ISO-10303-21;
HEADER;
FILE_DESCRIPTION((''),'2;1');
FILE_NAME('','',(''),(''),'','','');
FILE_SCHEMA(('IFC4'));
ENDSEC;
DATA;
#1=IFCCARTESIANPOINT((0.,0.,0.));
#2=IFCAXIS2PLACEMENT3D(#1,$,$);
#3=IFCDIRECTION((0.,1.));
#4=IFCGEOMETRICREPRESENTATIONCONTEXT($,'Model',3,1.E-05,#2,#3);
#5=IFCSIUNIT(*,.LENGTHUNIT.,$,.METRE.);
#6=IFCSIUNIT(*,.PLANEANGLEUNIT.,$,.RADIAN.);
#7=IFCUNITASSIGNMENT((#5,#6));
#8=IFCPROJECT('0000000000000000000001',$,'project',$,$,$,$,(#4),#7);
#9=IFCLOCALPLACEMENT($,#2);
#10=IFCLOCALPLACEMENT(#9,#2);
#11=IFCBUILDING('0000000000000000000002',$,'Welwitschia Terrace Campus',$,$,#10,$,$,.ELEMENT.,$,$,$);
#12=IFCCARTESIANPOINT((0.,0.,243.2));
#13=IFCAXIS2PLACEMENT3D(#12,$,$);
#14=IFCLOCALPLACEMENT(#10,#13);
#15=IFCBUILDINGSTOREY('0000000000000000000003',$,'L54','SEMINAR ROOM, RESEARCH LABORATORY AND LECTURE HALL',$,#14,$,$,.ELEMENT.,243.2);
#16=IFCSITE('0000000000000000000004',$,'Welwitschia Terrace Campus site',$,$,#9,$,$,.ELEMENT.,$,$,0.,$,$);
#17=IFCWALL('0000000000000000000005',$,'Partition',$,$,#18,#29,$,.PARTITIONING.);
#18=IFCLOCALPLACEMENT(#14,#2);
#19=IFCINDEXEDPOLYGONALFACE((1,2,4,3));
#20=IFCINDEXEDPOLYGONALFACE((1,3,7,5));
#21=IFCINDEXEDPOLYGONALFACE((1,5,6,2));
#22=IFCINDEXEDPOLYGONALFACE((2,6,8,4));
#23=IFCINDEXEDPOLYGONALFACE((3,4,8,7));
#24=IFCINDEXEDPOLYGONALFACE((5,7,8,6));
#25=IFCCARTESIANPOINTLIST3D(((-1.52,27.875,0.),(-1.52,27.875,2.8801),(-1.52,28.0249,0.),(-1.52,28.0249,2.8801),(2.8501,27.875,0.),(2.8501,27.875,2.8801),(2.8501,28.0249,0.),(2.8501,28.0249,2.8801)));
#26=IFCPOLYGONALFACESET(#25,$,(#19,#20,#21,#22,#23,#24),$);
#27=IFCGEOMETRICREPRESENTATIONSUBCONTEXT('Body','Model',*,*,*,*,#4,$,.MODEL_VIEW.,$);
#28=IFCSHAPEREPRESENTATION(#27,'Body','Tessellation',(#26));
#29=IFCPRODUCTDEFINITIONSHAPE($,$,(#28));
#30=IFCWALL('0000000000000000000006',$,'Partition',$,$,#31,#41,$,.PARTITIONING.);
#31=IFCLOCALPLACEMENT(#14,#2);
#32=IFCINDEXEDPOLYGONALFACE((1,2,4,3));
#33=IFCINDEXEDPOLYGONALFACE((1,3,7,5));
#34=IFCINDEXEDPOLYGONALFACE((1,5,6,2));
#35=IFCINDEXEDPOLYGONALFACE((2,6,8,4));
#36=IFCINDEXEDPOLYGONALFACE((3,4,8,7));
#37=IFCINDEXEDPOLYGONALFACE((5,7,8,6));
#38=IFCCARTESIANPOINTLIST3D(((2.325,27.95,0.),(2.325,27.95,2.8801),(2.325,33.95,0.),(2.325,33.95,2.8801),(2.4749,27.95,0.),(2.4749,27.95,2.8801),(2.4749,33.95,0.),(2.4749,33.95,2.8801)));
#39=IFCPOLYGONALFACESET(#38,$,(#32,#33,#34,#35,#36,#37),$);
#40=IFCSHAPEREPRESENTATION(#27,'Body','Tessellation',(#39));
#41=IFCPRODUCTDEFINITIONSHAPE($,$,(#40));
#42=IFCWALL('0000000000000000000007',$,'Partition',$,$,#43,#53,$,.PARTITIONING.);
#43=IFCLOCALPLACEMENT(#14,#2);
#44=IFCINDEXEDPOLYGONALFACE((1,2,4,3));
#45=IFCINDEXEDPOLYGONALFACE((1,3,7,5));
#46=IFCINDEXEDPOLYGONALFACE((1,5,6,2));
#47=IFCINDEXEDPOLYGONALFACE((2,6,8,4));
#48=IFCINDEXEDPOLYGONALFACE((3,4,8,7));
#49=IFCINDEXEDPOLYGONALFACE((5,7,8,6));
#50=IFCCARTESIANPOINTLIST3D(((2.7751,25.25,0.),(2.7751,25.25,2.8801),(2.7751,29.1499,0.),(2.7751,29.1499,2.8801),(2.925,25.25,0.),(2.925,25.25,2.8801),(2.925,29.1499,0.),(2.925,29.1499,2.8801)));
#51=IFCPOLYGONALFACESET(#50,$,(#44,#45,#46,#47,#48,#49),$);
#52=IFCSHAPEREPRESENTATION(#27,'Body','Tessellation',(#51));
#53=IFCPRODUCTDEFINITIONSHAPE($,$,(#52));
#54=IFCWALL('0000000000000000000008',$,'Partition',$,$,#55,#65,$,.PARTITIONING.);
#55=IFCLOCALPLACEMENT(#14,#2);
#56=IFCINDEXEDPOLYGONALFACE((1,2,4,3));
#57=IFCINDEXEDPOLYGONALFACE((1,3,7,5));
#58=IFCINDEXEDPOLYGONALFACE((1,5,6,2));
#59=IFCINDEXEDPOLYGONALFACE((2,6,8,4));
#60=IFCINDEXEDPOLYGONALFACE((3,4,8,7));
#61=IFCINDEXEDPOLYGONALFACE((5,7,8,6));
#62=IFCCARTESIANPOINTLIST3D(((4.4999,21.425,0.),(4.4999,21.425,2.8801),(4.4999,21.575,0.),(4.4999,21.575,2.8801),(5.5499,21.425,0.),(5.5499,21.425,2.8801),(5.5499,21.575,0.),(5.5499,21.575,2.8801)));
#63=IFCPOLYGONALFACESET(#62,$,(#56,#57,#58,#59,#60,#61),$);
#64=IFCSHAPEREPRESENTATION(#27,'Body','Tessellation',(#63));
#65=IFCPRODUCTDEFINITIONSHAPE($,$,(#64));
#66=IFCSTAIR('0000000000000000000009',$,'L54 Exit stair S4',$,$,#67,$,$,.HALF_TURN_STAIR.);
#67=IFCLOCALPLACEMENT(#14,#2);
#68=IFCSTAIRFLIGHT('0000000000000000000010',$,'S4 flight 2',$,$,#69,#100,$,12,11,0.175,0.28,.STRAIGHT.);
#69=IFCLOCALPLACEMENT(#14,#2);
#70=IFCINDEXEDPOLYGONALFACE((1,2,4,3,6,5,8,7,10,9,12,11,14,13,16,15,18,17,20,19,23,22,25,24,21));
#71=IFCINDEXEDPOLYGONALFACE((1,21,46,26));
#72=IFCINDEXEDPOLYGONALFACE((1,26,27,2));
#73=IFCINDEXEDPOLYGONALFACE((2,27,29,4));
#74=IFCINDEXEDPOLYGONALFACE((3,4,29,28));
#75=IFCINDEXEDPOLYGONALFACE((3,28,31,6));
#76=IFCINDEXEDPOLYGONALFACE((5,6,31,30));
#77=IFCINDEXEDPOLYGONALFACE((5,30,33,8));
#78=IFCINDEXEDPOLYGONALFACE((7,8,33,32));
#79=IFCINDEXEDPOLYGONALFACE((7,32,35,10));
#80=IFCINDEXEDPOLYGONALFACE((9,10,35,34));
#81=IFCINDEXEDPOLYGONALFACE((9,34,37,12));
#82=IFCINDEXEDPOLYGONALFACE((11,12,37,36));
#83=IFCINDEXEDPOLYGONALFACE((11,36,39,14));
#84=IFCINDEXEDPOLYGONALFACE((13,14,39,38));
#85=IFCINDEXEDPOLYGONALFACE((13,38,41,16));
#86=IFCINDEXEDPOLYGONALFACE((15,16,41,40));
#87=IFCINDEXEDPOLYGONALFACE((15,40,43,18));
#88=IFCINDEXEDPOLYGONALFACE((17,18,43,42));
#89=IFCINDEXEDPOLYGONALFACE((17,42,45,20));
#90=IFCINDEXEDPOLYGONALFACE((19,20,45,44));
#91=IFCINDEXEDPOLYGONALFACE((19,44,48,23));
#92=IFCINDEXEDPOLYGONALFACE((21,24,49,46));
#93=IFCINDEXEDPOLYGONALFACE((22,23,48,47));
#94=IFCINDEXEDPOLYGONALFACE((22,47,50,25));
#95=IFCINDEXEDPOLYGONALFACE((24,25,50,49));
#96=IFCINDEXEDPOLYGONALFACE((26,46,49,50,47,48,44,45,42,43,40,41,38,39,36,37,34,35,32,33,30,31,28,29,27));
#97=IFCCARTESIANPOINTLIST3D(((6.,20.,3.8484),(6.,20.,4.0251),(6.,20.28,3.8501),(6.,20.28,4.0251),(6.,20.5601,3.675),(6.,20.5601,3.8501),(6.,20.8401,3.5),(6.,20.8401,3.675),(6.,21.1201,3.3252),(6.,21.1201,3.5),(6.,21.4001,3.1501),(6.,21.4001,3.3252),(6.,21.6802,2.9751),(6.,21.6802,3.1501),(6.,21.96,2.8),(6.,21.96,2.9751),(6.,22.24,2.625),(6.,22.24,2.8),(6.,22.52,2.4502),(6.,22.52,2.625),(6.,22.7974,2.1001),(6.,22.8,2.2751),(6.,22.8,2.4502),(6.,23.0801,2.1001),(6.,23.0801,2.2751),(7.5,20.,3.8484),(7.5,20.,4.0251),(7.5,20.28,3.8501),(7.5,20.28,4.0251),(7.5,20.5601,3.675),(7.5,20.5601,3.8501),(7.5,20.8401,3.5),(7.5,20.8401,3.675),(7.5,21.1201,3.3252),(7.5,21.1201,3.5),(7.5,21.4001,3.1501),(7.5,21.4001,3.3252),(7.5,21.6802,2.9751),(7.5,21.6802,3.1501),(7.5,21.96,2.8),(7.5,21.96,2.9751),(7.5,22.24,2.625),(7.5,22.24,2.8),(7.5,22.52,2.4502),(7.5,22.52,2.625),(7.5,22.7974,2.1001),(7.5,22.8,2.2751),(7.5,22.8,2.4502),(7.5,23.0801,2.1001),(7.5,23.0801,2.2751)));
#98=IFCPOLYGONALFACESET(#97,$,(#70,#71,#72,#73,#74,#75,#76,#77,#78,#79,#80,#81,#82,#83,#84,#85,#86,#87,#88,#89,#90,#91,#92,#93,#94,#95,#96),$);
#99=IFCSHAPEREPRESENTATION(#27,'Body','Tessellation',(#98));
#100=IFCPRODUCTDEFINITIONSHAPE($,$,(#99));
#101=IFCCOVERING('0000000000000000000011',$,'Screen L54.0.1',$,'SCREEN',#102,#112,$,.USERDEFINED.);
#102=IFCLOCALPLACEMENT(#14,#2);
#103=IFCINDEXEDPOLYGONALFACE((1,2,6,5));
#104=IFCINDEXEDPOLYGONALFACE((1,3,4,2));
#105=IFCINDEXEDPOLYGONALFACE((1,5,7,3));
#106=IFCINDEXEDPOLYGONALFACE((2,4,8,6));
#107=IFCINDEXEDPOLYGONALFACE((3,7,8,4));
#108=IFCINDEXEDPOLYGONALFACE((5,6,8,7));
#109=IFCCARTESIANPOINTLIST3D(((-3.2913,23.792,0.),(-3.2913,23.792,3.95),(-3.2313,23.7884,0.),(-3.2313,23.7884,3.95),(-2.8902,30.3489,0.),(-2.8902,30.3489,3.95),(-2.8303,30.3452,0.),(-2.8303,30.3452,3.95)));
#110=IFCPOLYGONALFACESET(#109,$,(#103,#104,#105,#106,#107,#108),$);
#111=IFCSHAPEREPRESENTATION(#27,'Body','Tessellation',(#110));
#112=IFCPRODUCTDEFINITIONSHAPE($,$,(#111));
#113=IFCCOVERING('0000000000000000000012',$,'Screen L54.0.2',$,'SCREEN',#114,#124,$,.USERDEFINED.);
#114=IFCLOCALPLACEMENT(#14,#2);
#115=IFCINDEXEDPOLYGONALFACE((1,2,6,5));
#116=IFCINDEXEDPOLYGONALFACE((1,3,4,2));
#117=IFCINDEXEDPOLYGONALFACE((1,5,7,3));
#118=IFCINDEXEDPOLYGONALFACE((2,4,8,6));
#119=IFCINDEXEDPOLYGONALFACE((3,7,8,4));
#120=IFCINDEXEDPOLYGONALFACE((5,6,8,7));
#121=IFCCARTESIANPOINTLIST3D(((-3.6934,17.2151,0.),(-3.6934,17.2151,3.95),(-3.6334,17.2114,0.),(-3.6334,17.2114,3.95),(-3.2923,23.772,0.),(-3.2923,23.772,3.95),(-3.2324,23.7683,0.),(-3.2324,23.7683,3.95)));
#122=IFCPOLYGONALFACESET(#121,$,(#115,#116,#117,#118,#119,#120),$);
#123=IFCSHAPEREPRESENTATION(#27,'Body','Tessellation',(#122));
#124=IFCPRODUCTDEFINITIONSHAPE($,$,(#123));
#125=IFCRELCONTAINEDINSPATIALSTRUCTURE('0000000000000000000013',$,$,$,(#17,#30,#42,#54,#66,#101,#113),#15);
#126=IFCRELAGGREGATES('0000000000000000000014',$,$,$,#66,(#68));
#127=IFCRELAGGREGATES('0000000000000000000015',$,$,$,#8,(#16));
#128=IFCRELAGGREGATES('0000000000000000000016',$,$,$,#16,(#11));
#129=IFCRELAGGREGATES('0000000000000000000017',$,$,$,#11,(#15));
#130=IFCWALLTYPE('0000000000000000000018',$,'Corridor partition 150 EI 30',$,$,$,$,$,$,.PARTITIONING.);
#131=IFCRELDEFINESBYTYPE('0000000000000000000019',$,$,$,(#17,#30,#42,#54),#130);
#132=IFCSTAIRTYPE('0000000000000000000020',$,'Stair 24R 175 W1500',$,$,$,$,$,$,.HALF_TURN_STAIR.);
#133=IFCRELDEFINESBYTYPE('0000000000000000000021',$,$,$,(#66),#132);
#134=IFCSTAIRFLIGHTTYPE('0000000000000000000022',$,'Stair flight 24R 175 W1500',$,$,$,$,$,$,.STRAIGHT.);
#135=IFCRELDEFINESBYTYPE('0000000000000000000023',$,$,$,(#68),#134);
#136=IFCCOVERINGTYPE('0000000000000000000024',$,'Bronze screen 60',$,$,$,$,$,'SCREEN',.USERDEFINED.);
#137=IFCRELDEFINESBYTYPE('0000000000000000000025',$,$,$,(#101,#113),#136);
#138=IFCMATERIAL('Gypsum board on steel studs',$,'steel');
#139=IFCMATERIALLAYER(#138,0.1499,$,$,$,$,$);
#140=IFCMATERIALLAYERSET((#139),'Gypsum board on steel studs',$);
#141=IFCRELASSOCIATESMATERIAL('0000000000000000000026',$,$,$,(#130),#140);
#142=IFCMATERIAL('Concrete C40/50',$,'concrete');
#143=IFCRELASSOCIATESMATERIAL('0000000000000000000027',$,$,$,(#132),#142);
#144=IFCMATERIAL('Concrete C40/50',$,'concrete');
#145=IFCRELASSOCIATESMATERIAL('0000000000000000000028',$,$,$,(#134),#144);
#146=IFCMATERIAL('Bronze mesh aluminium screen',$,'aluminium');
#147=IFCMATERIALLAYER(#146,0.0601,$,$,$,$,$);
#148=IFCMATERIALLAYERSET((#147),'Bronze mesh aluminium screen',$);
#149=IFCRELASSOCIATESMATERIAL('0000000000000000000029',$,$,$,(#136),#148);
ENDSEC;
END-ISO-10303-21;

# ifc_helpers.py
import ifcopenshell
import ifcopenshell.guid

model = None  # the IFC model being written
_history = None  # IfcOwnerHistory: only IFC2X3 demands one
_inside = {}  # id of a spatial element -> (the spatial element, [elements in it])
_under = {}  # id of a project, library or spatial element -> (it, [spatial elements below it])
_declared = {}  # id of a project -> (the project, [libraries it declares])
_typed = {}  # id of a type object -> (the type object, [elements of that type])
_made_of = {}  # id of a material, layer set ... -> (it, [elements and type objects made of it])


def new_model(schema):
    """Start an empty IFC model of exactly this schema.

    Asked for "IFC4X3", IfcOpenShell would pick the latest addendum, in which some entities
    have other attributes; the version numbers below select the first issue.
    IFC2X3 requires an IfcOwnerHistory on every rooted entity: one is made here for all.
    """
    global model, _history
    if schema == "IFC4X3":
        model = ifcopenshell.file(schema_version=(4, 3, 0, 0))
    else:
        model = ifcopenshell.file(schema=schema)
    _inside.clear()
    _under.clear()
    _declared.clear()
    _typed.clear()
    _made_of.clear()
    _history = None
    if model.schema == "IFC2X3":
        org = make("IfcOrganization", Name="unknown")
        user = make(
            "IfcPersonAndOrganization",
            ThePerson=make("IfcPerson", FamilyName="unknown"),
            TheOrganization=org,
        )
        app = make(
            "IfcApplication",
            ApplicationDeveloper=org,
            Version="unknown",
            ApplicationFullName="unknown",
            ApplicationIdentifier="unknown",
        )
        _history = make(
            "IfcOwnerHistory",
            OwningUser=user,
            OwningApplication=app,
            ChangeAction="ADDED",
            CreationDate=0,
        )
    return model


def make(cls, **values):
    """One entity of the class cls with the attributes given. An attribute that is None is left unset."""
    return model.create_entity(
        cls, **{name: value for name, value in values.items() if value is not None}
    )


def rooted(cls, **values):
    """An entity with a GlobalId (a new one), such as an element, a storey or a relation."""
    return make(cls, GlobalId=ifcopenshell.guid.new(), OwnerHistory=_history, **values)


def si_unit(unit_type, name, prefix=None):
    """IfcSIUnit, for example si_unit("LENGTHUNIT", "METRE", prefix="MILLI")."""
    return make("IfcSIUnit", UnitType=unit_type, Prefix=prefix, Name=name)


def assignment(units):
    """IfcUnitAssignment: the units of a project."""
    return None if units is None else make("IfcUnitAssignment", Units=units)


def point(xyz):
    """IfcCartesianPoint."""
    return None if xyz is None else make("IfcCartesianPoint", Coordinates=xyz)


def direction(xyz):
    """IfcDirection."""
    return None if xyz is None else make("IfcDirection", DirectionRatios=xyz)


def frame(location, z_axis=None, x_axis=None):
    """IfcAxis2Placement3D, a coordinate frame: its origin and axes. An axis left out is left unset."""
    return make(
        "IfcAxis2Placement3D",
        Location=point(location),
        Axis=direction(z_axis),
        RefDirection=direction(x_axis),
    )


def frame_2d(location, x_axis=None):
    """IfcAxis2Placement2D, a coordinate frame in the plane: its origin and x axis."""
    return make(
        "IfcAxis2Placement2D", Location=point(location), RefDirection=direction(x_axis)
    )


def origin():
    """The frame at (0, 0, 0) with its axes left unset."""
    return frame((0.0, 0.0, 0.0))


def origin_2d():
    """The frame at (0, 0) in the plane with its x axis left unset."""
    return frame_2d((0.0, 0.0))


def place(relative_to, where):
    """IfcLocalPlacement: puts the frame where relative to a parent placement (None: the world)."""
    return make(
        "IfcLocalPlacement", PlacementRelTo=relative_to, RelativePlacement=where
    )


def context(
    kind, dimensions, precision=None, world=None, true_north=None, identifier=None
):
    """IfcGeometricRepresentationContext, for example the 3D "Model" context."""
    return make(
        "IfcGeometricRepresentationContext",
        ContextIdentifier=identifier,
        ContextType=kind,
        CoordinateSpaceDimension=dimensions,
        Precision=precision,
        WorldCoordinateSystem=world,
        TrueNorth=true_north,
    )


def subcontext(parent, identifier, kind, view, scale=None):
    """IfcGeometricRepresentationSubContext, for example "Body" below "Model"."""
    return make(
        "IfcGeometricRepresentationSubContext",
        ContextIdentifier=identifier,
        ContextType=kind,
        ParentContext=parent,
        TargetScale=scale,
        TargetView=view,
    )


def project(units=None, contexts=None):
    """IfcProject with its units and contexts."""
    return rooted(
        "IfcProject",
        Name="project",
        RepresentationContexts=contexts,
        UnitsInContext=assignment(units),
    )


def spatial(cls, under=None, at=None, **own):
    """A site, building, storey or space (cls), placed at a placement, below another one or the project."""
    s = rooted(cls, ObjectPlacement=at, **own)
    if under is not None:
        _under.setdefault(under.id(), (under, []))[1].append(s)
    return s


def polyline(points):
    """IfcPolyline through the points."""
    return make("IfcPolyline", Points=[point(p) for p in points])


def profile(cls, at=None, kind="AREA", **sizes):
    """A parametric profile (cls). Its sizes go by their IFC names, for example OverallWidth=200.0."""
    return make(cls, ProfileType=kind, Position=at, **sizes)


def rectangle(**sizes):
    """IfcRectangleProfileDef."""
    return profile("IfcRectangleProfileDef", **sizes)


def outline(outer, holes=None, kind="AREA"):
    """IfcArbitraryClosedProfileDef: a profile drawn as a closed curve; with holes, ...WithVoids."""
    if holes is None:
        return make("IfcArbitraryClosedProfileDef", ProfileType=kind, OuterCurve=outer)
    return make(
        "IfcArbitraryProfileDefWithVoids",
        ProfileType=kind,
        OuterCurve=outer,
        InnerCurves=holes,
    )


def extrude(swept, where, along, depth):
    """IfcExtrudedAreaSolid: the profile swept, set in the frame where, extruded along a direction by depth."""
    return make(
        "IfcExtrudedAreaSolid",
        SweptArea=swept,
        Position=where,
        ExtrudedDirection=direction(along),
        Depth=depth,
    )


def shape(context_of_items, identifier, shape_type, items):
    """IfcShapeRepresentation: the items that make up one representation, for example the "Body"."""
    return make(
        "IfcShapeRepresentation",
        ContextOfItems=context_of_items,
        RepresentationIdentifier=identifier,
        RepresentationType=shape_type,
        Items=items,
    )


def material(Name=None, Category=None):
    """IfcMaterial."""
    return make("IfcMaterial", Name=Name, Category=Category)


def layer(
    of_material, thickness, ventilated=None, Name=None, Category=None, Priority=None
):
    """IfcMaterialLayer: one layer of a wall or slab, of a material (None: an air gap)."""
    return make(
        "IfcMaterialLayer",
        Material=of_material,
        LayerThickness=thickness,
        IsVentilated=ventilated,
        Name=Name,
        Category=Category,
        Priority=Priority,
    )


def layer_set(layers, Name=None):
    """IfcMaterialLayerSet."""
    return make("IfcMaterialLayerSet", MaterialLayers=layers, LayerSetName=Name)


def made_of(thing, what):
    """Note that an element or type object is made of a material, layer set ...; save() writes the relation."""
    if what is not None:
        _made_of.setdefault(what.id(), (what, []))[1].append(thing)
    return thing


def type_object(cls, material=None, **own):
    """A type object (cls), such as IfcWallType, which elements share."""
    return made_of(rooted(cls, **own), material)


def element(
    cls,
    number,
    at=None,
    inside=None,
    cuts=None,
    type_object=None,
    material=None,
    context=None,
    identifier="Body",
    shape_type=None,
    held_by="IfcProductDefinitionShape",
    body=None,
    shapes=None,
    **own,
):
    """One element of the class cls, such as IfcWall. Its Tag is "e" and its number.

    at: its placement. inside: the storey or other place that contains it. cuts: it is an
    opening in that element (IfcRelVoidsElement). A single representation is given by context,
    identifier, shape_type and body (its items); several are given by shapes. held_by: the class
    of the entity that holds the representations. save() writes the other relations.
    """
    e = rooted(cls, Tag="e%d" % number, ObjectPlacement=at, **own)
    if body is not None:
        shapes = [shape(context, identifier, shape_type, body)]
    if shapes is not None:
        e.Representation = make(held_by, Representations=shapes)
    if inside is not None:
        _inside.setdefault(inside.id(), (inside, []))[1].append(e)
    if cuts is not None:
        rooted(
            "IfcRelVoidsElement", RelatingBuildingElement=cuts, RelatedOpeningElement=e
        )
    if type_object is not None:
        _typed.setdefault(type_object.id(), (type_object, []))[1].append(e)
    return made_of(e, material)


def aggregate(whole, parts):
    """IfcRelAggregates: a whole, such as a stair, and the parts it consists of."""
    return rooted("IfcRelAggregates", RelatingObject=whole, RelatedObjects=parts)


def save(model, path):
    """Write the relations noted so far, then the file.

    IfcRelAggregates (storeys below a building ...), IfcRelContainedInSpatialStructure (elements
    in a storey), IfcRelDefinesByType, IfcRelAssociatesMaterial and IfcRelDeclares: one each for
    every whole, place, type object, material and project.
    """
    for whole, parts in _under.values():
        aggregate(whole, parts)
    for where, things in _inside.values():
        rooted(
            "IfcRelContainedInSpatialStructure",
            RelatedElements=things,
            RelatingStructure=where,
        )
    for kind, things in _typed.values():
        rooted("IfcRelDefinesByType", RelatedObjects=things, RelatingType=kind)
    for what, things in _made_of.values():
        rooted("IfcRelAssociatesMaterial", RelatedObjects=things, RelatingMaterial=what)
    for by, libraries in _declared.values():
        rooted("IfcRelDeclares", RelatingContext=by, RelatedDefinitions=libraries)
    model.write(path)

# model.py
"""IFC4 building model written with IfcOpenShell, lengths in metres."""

from ifc_helpers import new_model, si_unit, direction, frame, frame_2d, origin, origin_2d, place, context, subcontext, project, spatial, polyline, rectangle, outline, extrude, material, layer, layer_set, type_object, element, aggregate, save


model = new_model("IFC4")

# Units and contexts
model_context = context("Model", 3, precision=1e-05, world=origin(), true_north=direction((0.0, 1.0)))
body_context = subcontext(model_context, "Body", "Model", "MODEL_VIEW")
ifc_project = project(units=[si_unit("LENGTHUNIT", "METRE"), si_unit("PLANEANGLEUNIT", "RADIAN")], contexts=[model_context])

# Site, building, storey
site_placement = place(None, origin())
site = spatial("IfcSite", under=ifc_project, at=site_placement, Name="Welwitschia Terrace Campus site", CompositionType="ELEMENT", RefElevation=0.0)
building_placement = place(site_placement, origin())
building = spatial("IfcBuilding", under=site, at=building_placement, Name="Welwitschia Terrace Campus", CompositionType="ELEMENT")
storey_placement = place(building_placement, frame((0.0, 0.0, 243.2)))
storey = spatial("IfcBuildingStorey", under=building, at=storey_placement, Name="L54", Description="SEMINAR ROOM, RESEARCH LABORATORY AND LECTURE HALL", CompositionType="ELEMENT", Elevation=243.2)

# Walls
ifc_material_1 = material(Name="Gypsum board on steel studs", Category="steel")
ifc_layer_1 = layer(ifc_material_1, 0.1499)
ifc_layer_set_1 = layer_set([ifc_layer_1], Name="Gypsum board on steel studs")
wall_type_1 = type_object("IfcWallType", Name="Corridor partition 150 EI 30", PredefinedType="PARTITIONING", material=ifc_layer_set_1)
wall_1_placement = place(storey_placement, frame((-1.52, 27.95, 0.0), z_axis=(0.0, 0.0, 1.0), x_axis=(1.0, 0.0, 0.0)))
element("IfcWall", 1, at=wall_1_placement, inside=storey, type_object=wall_type_1, Name="Partition", PredefinedType="PARTITIONING", context=body_context, shape_type="SweptSolid", body=[
    extrude(rectangle(XDim=4.3701, YDim=0.1499, at=frame_2d((2.1851, 0.0))), origin(), (0.0, 0.0, 1.0), 2.8801),
])
wall_2_placement = place(storey_placement, frame((2.3999, 27.95, 0.0), z_axis=(0.0, 0.0, 1.0), x_axis=(0.0, 1.0, 0.0)))
element("IfcWall", 2, at=wall_2_placement, inside=storey, type_object=wall_type_1, Name="Partition", PredefinedType="PARTITIONING", context=body_context, shape_type="SweptSolid", body=[
    extrude(rectangle(XDim=6.0, YDim=0.1499, at=frame_2d((3.0, 0.0))), origin(), (0.0, 0.0, 1.0), 2.8801),
])
wall_3_placement = place(storey_placement, frame((2.8501, 25.25, 0.0), z_axis=(0.0, 0.0, 1.0), x_axis=(0.0, 1.0, 0.0)))
element("IfcWall", 3, at=wall_3_placement, inside=storey, type_object=wall_type_1, Name="Partition", PredefinedType="PARTITIONING", context=body_context, shape_type="SweptSolid", body=[
    extrude(rectangle(XDim=3.8999, YDim=0.1499, at=frame_2d((1.95, 0.0))), origin(), (0.0, 0.0, 1.0), 2.8801),
])
wall_4_placement = place(storey_placement, frame((4.5, 21.5, 0.0), z_axis=(0.0, 0.0, 1.0), x_axis=(1.0, 0.0, 0.0)))
element("IfcWall", 4, at=wall_4_placement, inside=storey, type_object=wall_type_1, Name="Partition", PredefinedType="PARTITIONING", context=body_context, shape_type="SweptSolid", body=[
    extrude(rectangle(XDim=1.05, YDim=0.1499, at=frame_2d((0.5249, 0.0))), origin(), (0.0, 0.0, 1.0), 2.8801),
])

# Stair, stair flight
ifc_material_2 = material(Name="Concrete C40/50", Category="concrete")
stair_type = type_object("IfcStairType", Name="Stair 24R 175 W1500", PredefinedType="HALF_TURN_STAIR", material=ifc_material_2)
stair_placement = place(storey_placement, origin())
stair = element("IfcStair", 5, at=stair_placement, inside=storey, type_object=stair_type, Name="L54 Exit stair S4", PredefinedType="HALF_TURN_STAIR")
ifc_material_3 = material(Name="Concrete C40/50", Category="concrete")
stair_flight_type = type_object("IfcStairFlightType", Name="Stair flight 24R 175 W1500", PredefinedType="STRAIGHT", material=ifc_material_3)
stair_flight_placement = place(storey_placement, frame((6.75, 23.0801, 2.1001), z_axis=(0.0, 0.0, 1.0), x_axis=(0.0, -1.0, 0.0)))
stair_flight = element("IfcStairFlight", 6, at=stair_flight_placement, type_object=stair_flight_type, Name="S4 flight 2", NumberOfRisers=12, NumberOfTreads=11, PredefinedType="STRAIGHT", RiserHeight=0.175, TreadLength=0.28, context=body_context, shape_type="SweptSolid", body=[
    extrude(outline(polyline([(0.0, 0.0), (0.0, 0.175), (0.28, 0.175), (0.28, 0.3501), (0.5601, 0.3501), (0.5601, 0.5249), (0.8401, 0.5249), (0.8401, 0.7), (1.1201, 0.7), (1.1201, 0.875), (1.3999, 0.875), (1.3999, 1.05), (1.6799, 1.05), (1.6799, 1.2251), (1.96, 1.2251), (1.96, 1.3999), (2.24, 1.3999), (2.24, 1.575), (2.52, 1.575), (2.52, 1.75), (2.8, 1.75), (2.8, 1.925), (3.0801, 1.925), (3.0801, 2.1001), (3.0801, 1.7483), (0.2827, 0.0), (0.0, 0.0)])), frame((0.0, 0.75, 0.0), z_axis=(0.0, -1.0, 0.0), x_axis=(1.0, 0.0, 0.0)), (0.0, 0.0, 1.0), 1.5),
])
aggregate(stair, [stair_flight])

# Coverings
ifc_material_4 = material(Name="Bronze mesh aluminium screen", Category="aluminium")
ifc_layer_2 = layer(ifc_material_4, 0.0601)
ifc_layer_set_2 = layer_set([ifc_layer_2], Name="Bronze mesh aluminium screen")
covering_type = type_object("IfcCoveringType", Name="Bronze screen 60", ElementType="SCREEN", PredefinedType="USERDEFINED", material=ifc_layer_set_2)
for number, where, z_axis, x_axis, name in (
    (7, (-3.0608, 27.0686, 0.0), (0.0, 0.0, 1.0), (-0.061049, -0.998135, 0.0), "Screen L54.0.1"),
    (8, (-3.4629, 20.4917, 0.0), (0.0, 0.0, 1.0), (-0.061049, -0.998135, 0.0), "Screen L54.0.2"),
):
    element("IfcCovering", number, at=place(storey_placement, frame(where, z_axis=z_axis, x_axis=x_axis)), inside=storey, type_object=covering_type, Name=name, ObjectType="SCREEN", PredefinedType="USERDEFINED", context=body_context, shape_type="SweptSolid", body=[
        extrude(rectangle(XDim=6.5691, YDim=0.0601, at=origin_2d()), origin(), (0.0, 0.0, 1.0), 3.95),
    ])

save(model, "model.ifc")
